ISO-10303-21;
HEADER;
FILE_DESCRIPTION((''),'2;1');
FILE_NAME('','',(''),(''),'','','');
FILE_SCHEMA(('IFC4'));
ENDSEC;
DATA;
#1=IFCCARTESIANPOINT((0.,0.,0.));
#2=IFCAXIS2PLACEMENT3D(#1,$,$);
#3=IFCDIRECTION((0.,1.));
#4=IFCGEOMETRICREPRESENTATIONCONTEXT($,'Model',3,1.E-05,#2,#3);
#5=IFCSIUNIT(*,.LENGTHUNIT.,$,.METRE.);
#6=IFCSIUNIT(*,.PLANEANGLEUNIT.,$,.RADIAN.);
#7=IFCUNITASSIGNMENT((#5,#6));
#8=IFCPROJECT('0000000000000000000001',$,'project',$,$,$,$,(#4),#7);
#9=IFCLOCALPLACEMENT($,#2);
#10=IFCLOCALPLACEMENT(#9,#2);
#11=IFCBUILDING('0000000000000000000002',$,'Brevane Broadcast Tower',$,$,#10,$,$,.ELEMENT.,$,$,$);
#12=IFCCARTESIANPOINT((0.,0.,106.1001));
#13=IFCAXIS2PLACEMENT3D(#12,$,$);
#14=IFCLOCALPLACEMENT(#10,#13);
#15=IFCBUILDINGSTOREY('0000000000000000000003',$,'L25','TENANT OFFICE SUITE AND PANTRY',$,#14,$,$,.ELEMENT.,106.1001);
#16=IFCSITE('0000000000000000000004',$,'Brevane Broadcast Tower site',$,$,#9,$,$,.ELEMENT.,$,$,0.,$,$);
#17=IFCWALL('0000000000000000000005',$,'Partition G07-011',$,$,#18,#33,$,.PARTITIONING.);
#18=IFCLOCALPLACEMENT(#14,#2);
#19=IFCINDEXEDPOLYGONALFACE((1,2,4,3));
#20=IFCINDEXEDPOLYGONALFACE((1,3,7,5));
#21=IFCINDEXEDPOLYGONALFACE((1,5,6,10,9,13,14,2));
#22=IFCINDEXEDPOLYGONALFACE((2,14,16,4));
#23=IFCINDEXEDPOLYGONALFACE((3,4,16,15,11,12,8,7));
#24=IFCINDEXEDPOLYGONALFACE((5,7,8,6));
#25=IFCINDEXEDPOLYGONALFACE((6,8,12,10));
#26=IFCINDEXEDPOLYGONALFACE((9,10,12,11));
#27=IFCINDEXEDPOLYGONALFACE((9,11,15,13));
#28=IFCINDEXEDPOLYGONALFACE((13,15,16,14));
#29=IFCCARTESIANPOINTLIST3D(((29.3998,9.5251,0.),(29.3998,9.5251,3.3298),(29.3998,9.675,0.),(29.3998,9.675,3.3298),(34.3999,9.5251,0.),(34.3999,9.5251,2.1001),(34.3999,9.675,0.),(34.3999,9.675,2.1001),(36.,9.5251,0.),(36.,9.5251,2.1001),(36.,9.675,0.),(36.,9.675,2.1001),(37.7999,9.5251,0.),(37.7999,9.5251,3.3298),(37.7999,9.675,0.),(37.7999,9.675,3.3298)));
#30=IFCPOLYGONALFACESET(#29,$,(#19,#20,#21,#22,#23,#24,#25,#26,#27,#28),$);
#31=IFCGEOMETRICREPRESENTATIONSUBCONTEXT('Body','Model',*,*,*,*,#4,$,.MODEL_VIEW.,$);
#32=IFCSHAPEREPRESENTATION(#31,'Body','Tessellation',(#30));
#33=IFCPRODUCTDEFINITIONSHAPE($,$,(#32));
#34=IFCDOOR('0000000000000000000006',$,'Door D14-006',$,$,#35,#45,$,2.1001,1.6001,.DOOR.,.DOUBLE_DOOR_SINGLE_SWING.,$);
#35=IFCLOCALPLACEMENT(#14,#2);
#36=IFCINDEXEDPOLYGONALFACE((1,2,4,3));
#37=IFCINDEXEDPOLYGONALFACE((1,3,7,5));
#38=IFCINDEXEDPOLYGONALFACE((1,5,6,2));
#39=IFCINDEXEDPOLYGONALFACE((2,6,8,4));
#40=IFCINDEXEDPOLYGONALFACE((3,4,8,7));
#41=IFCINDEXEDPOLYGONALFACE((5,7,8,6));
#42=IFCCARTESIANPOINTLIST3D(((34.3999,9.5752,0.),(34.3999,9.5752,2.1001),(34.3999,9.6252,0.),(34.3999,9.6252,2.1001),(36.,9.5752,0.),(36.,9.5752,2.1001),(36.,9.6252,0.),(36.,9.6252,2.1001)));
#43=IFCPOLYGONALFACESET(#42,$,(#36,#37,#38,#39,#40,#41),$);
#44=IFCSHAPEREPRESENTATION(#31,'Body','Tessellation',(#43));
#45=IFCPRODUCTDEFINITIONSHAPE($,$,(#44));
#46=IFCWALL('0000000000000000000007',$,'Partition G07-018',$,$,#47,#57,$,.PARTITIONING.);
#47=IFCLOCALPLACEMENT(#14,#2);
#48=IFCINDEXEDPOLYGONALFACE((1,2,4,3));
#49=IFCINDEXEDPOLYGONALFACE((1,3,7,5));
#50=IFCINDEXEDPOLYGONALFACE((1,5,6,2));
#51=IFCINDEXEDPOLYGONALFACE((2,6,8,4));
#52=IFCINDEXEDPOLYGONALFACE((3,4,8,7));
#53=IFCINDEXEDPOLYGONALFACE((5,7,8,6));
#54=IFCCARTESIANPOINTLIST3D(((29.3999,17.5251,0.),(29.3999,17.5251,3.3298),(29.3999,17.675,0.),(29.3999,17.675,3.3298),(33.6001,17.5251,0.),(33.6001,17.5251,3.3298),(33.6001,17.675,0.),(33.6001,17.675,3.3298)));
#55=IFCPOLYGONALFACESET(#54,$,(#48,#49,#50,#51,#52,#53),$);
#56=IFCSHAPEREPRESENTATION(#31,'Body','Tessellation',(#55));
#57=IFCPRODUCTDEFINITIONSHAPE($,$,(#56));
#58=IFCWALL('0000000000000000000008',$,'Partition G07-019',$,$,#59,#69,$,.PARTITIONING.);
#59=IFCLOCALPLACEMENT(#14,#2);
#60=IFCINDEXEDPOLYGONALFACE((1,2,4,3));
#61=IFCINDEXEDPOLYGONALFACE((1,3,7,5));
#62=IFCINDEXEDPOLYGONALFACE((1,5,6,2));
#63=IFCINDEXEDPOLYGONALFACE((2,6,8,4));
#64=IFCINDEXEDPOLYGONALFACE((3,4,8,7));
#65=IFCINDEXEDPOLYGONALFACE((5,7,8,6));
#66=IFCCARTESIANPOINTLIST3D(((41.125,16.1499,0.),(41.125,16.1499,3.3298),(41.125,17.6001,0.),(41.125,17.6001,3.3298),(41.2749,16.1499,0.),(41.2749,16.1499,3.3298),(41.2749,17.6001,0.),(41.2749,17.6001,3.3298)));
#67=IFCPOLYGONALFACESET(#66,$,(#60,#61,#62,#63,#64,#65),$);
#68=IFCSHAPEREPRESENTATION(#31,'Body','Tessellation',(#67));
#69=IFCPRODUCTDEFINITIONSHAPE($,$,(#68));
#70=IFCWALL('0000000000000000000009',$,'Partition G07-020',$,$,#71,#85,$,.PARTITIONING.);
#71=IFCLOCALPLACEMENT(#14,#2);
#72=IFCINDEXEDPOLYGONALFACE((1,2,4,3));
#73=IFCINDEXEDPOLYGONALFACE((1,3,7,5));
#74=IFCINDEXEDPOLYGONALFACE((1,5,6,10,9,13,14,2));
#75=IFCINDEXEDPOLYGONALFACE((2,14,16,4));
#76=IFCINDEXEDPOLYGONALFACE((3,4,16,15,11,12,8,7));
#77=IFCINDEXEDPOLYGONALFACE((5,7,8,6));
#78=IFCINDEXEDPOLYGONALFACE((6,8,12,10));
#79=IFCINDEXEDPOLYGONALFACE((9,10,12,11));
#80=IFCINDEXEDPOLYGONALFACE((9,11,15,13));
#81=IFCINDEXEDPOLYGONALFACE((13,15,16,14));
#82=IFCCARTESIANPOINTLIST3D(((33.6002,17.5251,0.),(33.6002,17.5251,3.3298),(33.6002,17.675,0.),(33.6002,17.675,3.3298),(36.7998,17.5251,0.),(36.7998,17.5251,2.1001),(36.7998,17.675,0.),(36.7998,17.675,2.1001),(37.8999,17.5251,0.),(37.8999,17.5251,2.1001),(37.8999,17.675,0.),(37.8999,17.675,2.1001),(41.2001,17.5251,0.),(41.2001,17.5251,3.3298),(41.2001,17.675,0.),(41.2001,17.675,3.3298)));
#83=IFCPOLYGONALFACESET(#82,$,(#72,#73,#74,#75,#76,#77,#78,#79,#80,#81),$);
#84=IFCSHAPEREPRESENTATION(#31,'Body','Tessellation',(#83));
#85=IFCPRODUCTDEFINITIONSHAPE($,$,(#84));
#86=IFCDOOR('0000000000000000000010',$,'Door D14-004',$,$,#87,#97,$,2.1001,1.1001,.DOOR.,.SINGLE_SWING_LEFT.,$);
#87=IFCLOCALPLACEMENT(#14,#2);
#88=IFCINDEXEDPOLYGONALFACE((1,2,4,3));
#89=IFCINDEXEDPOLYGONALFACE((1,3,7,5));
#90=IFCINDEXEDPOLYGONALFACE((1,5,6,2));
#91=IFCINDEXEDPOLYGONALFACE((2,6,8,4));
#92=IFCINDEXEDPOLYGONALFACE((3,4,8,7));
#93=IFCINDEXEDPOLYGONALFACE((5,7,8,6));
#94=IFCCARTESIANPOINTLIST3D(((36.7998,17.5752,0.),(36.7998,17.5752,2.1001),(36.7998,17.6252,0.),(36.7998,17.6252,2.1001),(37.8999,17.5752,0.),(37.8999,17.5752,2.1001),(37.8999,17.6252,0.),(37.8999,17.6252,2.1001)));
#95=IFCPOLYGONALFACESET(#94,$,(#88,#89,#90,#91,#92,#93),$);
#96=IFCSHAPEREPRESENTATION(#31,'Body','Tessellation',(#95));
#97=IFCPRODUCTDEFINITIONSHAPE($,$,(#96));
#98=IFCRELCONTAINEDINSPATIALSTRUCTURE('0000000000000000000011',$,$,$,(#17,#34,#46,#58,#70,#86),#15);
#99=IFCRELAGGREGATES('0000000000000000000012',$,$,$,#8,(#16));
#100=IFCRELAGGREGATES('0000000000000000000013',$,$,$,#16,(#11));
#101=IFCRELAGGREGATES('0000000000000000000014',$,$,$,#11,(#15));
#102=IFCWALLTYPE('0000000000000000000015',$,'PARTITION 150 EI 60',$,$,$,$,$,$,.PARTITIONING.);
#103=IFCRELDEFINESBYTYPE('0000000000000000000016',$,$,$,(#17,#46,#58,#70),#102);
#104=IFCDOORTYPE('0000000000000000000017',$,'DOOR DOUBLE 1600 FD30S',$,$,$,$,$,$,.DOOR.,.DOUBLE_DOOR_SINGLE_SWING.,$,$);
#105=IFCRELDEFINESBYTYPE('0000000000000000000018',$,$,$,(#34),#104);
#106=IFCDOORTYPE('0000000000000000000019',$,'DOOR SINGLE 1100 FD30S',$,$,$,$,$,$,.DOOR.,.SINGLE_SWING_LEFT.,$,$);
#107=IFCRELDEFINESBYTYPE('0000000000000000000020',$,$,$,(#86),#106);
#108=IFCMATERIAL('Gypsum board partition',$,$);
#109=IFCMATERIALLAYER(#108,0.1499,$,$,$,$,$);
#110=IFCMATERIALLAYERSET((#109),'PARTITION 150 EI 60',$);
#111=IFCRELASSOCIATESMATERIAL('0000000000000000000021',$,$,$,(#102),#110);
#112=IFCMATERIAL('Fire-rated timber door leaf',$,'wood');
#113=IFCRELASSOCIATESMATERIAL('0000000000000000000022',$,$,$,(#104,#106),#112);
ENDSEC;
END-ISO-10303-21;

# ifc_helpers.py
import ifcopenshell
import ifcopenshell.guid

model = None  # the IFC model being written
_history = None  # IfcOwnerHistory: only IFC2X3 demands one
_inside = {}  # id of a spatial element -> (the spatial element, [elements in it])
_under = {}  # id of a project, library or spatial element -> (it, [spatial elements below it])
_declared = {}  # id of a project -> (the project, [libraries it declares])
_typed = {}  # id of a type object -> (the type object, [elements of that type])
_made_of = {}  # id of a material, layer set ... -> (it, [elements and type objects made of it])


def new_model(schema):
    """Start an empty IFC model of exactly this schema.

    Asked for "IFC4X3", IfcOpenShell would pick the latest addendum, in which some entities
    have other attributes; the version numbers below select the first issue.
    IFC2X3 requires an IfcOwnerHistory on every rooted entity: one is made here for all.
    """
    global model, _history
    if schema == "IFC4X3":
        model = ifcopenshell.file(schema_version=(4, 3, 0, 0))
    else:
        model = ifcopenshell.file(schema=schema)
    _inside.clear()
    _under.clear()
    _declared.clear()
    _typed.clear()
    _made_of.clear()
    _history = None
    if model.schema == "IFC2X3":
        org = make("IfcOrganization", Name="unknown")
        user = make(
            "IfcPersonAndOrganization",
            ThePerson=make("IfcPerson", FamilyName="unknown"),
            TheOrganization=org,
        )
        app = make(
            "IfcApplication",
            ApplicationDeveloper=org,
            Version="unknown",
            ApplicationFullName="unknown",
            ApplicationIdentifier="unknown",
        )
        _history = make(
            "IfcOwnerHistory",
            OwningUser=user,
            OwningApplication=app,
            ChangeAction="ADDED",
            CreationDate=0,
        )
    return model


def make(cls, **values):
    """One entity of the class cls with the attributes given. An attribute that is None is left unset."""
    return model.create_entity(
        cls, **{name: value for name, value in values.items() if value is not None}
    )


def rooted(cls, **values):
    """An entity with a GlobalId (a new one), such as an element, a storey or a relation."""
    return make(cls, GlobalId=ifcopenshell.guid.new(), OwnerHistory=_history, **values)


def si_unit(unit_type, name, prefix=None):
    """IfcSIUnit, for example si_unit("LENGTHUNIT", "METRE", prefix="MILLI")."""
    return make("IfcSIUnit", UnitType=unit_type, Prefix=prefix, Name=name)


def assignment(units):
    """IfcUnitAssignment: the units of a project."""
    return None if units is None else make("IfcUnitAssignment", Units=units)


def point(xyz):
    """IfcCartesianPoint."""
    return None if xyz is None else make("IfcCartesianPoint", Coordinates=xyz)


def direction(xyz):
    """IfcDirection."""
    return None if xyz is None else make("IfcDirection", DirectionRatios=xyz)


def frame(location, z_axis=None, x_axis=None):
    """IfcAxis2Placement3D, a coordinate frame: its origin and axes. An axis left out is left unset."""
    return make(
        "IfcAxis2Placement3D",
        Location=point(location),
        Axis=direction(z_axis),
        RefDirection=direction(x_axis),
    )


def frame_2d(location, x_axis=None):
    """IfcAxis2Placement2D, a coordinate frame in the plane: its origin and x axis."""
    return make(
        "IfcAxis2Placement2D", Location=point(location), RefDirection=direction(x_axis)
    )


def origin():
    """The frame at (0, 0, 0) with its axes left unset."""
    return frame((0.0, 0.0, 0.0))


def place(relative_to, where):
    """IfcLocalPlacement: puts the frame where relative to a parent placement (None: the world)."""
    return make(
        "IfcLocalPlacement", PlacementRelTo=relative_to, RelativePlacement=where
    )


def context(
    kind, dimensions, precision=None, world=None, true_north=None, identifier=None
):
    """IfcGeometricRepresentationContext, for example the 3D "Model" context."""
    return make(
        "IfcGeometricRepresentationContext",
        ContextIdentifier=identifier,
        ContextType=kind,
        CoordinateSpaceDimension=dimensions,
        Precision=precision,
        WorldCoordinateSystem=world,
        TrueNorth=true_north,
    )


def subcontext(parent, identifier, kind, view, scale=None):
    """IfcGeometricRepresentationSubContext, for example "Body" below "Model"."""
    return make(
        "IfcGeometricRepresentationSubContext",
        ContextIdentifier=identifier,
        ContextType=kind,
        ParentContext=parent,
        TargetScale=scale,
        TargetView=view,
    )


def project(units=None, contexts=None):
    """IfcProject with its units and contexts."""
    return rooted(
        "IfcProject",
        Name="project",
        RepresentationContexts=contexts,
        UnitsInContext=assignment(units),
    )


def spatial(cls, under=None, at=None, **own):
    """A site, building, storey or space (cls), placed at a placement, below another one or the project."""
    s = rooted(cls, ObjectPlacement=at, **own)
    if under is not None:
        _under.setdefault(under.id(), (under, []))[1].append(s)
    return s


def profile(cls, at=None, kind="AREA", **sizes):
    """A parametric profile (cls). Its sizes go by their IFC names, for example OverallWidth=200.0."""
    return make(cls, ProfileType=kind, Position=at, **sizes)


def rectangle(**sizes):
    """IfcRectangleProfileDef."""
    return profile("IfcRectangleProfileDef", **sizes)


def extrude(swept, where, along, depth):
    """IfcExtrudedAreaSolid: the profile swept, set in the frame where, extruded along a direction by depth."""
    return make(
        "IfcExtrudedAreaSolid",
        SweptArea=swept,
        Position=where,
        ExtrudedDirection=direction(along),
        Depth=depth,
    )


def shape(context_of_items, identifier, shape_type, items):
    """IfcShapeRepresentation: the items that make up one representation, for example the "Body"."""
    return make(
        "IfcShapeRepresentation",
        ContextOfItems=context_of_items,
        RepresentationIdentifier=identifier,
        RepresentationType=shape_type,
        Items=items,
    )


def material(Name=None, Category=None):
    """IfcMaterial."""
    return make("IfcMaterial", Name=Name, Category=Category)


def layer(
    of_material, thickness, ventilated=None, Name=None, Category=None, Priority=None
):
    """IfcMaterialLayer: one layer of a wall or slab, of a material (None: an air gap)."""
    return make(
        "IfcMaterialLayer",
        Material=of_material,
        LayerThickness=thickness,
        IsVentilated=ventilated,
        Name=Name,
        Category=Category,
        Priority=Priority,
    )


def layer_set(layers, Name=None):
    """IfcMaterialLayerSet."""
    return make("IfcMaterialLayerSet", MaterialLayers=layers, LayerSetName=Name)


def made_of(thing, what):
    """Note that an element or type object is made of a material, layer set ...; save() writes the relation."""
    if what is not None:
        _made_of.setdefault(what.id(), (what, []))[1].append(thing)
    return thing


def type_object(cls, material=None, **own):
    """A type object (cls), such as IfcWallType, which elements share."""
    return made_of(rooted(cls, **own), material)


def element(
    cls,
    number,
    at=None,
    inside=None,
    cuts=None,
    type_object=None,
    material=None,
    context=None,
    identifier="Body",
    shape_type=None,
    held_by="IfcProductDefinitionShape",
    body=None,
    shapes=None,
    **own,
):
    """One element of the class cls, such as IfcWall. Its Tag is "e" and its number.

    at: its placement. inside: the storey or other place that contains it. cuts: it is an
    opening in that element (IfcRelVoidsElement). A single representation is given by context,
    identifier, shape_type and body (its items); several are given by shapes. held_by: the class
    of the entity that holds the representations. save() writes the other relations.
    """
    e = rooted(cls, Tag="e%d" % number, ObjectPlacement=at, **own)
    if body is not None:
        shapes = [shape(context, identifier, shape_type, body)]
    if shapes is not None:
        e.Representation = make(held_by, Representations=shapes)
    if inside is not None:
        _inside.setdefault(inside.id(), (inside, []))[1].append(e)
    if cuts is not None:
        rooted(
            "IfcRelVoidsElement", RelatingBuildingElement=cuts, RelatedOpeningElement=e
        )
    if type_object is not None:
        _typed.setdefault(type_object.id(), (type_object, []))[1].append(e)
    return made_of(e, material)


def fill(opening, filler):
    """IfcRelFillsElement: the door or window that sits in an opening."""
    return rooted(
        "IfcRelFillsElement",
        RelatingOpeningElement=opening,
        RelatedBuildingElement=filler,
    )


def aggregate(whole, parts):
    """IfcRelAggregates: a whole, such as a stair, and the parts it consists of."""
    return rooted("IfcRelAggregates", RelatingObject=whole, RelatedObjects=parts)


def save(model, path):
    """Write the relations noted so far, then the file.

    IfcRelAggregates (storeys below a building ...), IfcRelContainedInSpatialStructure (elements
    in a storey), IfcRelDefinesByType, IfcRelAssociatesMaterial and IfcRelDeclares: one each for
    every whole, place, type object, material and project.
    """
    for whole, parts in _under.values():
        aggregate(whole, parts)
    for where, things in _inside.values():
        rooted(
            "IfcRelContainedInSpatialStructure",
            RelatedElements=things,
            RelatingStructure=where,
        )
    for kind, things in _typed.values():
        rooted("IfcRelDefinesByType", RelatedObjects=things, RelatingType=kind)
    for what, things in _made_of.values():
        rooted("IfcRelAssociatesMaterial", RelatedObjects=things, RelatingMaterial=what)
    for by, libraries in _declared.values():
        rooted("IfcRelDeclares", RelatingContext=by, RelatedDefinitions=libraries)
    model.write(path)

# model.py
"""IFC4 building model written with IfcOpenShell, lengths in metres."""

from ifc_helpers import new_model, si_unit, direction, frame, frame_2d, origin, place, context, subcontext, project, spatial, rectangle, extrude, material, layer, layer_set, type_object, element, fill, save


model = new_model("IFC4")

# Units and contexts
model_context = context("Model", 3, precision=1e-05, world=origin(), true_north=direction((0.0, 1.0)))
body_context = subcontext(model_context, "Body", "Model", "MODEL_VIEW")
ifc_project = project(units=[si_unit("LENGTHUNIT", "METRE"), si_unit("PLANEANGLEUNIT", "RADIAN")], contexts=[model_context])

# Site, building, storey
site_placement = place(None, origin())
site = spatial("IfcSite", under=ifc_project, at=site_placement, Name="Brevane Broadcast Tower site", CompositionType="ELEMENT", RefElevation=0.0)
building_placement = place(site_placement, origin())
building = spatial("IfcBuilding", under=site, at=building_placement, Name="Brevane Broadcast Tower", CompositionType="ELEMENT")
storey_placement = place(building_placement, frame((0.0, 0.0, 106.1001)))
storey = spatial("IfcBuildingStorey", under=building, at=storey_placement, Name="L25", Description="TENANT OFFICE SUITE AND PANTRY", CompositionType="ELEMENT", Elevation=106.1001)

# Shared definitions
ifc_material_1 = material(Name="Gypsum board partition")

# Shared definitions
ifc_layer_1 = layer(ifc_material_1, 0.1499)
ifc_layer_set_1 = layer_set([ifc_layer_1], Name="PARTITION 150 EI 60")
wall_type_1 = type_object("IfcWallType", Name="PARTITION 150 EI 60", PredefinedType="PARTITIONING", material=ifc_layer_set_1)
ifc_material_2 = material(Name="Fire-rated timber door leaf", Category="wood")

# Wall, opening, door
wall_1_placement = place(storey_placement, frame((37.8, 9.6001, 0.0), z_axis=(0.0, 0.0, 1.0), x_axis=(-1.0, 0.0, 0.0)))
wall_1 = element("IfcWall", 1, at=wall_1_placement, inside=storey, type_object=wall_type_1, Name="Partition G07-011", PredefinedType="PARTITIONING", context=body_context, shape_type="SweptSolid", body=[
    extrude(rectangle(XDim=8.4001, YDim=0.1499, at=frame_2d((4.2002, 0.0))), origin(), (0.0, 0.0, 1.0), 3.3298),
])
opening_1_placement = place(wall_1_placement, frame((1.8, 0.0, 0.0)))
opening_1 = element("IfcOpeningElement", 2, at=opening_1_placement, cuts=wall_1, PredefinedType="OPENING", context=body_context, shape_type="SweptSolid", body=[
    extrude(rectangle(XDim=1.6001, YDim=2.1001, at=frame_2d((0.8, 1.05))), frame((0.0, 0.085, 0.0), z_axis=(0.0, -1.0, 0.0), x_axis=(1.0, 0.0, 0.0)), (0.0, 0.0, 1.0), 0.1699),
])
door_type_1 = type_object("IfcDoorType", Name="DOOR DOUBLE 1600 FD30S", OperationType="DOUBLE_DOOR_SINGLE_SWING", PredefinedType="DOOR", material=ifc_material_2)
door_1_placement = place(opening_1_placement, origin())
door_1 = element("IfcDoor", 3, at=door_1_placement, inside=storey, type_object=door_type_1, Name="Door D14-006", OperationType="DOUBLE_DOOR_SINGLE_SWING", OverallHeight=2.1001, OverallWidth=1.6001, PredefinedType="DOOR", context=body_context, shape_type="SweptSolid", body=[
    extrude(rectangle(XDim=1.6001, YDim=2.1001, at=frame_2d((0.8, 1.05))), frame((0.0, 0.0249, 0.0), z_axis=(0.0, -1.0, 0.0), x_axis=(1.0, 0.0, 0.0)), (0.0, 0.0, 1.0), 0.05),
])
fill(opening_1, door_1)

# Walls
wall_2_placement = place(storey_placement, frame((33.6001, 17.6001, 0.0), z_axis=(0.0, 0.0, 1.0), x_axis=(-1.0, 0.0, 0.0)))
element("IfcWall", 4, at=wall_2_placement, inside=storey, type_object=wall_type_1, Name="Partition G07-018", PredefinedType="PARTITIONING", context=body_context, shape_type="SweptSolid", body=[
    extrude(rectangle(XDim=4.2002, YDim=0.1499, at=frame_2d((2.1001, 0.0))), origin(), (0.0, 0.0, 1.0), 3.3298),
])
wall_3_placement = place(storey_placement, frame((41.2, 16.1499, 0.0), z_axis=(0.0, 0.0, 1.0), x_axis=(0.0, 1.0, 0.0)))
element("IfcWall", 5, at=wall_3_placement, inside=storey, type_object=wall_type_1, Name="Partition G07-019", PredefinedType="PARTITIONING", context=body_context, shape_type="SweptSolid", body=[
    extrude(rectangle(XDim=1.4502, YDim=0.1499, at=frame_2d((0.7251, 0.0))), origin(), (0.0, 0.0, 1.0), 3.3298),
])

# Wall, opening, door
wall_4_placement = place(storey_placement, frame((41.2, 17.6001, 0.0), z_axis=(0.0, 0.0, 1.0), x_axis=(-1.0, 0.0, 0.0)))
wall_4 = element("IfcWall", 6, at=wall_4_placement, inside=storey, type_object=wall_type_1, Name="Partition G07-020", PredefinedType="PARTITIONING", context=body_context, shape_type="SweptSolid", body=[
    extrude(rectangle(XDim=7.5999, YDim=0.1499, at=frame_2d((3.7998, 0.0))), origin(), (0.0, 0.0, 1.0), 3.3298),
])
opening_2_placement = place(wall_4_placement, frame((3.3, 0.0, 0.0)))
opening_2 = element("IfcOpeningElement", 7, at=opening_2_placement, cuts=wall_4, PredefinedType="OPENING", context=body_context, shape_type="SweptSolid", body=[
    extrude(rectangle(XDim=1.1001, YDim=2.1001, at=frame_2d((0.55, 1.05))), frame((0.0, 0.085, 0.0), z_axis=(0.0, -1.0, 0.0), x_axis=(1.0, 0.0, 0.0)), (0.0, 0.0, 1.0), 0.1699),
])
door_type_2 = type_object("IfcDoorType", Name="DOOR SINGLE 1100 FD30S", OperationType="SINGLE_SWING_LEFT", PredefinedType="DOOR", material=ifc_material_2)
door_2_placement = place(opening_2_placement, origin())
door_2 = element("IfcDoor", 8, at=door_2_placement, inside=storey, type_object=door_type_2, Name="Door D14-004", OperationType="SINGLE_SWING_LEFT", OverallHeight=2.1001, OverallWidth=1.1001, PredefinedType="DOOR", context=body_context, shape_type="SweptSolid", body=[
    extrude(rectangle(XDim=1.1001, YDim=2.1001, at=frame_2d((0.55, 1.05))), frame((0.0, 0.0249, 0.0), z_axis=(0.0, -1.0, 0.0), x_axis=(1.0, 0.0, 0.0)), (0.0, 0.0, 1.0), 0.05),
])
fill(opening_2, door_2)

save(model, "model.ifc")
